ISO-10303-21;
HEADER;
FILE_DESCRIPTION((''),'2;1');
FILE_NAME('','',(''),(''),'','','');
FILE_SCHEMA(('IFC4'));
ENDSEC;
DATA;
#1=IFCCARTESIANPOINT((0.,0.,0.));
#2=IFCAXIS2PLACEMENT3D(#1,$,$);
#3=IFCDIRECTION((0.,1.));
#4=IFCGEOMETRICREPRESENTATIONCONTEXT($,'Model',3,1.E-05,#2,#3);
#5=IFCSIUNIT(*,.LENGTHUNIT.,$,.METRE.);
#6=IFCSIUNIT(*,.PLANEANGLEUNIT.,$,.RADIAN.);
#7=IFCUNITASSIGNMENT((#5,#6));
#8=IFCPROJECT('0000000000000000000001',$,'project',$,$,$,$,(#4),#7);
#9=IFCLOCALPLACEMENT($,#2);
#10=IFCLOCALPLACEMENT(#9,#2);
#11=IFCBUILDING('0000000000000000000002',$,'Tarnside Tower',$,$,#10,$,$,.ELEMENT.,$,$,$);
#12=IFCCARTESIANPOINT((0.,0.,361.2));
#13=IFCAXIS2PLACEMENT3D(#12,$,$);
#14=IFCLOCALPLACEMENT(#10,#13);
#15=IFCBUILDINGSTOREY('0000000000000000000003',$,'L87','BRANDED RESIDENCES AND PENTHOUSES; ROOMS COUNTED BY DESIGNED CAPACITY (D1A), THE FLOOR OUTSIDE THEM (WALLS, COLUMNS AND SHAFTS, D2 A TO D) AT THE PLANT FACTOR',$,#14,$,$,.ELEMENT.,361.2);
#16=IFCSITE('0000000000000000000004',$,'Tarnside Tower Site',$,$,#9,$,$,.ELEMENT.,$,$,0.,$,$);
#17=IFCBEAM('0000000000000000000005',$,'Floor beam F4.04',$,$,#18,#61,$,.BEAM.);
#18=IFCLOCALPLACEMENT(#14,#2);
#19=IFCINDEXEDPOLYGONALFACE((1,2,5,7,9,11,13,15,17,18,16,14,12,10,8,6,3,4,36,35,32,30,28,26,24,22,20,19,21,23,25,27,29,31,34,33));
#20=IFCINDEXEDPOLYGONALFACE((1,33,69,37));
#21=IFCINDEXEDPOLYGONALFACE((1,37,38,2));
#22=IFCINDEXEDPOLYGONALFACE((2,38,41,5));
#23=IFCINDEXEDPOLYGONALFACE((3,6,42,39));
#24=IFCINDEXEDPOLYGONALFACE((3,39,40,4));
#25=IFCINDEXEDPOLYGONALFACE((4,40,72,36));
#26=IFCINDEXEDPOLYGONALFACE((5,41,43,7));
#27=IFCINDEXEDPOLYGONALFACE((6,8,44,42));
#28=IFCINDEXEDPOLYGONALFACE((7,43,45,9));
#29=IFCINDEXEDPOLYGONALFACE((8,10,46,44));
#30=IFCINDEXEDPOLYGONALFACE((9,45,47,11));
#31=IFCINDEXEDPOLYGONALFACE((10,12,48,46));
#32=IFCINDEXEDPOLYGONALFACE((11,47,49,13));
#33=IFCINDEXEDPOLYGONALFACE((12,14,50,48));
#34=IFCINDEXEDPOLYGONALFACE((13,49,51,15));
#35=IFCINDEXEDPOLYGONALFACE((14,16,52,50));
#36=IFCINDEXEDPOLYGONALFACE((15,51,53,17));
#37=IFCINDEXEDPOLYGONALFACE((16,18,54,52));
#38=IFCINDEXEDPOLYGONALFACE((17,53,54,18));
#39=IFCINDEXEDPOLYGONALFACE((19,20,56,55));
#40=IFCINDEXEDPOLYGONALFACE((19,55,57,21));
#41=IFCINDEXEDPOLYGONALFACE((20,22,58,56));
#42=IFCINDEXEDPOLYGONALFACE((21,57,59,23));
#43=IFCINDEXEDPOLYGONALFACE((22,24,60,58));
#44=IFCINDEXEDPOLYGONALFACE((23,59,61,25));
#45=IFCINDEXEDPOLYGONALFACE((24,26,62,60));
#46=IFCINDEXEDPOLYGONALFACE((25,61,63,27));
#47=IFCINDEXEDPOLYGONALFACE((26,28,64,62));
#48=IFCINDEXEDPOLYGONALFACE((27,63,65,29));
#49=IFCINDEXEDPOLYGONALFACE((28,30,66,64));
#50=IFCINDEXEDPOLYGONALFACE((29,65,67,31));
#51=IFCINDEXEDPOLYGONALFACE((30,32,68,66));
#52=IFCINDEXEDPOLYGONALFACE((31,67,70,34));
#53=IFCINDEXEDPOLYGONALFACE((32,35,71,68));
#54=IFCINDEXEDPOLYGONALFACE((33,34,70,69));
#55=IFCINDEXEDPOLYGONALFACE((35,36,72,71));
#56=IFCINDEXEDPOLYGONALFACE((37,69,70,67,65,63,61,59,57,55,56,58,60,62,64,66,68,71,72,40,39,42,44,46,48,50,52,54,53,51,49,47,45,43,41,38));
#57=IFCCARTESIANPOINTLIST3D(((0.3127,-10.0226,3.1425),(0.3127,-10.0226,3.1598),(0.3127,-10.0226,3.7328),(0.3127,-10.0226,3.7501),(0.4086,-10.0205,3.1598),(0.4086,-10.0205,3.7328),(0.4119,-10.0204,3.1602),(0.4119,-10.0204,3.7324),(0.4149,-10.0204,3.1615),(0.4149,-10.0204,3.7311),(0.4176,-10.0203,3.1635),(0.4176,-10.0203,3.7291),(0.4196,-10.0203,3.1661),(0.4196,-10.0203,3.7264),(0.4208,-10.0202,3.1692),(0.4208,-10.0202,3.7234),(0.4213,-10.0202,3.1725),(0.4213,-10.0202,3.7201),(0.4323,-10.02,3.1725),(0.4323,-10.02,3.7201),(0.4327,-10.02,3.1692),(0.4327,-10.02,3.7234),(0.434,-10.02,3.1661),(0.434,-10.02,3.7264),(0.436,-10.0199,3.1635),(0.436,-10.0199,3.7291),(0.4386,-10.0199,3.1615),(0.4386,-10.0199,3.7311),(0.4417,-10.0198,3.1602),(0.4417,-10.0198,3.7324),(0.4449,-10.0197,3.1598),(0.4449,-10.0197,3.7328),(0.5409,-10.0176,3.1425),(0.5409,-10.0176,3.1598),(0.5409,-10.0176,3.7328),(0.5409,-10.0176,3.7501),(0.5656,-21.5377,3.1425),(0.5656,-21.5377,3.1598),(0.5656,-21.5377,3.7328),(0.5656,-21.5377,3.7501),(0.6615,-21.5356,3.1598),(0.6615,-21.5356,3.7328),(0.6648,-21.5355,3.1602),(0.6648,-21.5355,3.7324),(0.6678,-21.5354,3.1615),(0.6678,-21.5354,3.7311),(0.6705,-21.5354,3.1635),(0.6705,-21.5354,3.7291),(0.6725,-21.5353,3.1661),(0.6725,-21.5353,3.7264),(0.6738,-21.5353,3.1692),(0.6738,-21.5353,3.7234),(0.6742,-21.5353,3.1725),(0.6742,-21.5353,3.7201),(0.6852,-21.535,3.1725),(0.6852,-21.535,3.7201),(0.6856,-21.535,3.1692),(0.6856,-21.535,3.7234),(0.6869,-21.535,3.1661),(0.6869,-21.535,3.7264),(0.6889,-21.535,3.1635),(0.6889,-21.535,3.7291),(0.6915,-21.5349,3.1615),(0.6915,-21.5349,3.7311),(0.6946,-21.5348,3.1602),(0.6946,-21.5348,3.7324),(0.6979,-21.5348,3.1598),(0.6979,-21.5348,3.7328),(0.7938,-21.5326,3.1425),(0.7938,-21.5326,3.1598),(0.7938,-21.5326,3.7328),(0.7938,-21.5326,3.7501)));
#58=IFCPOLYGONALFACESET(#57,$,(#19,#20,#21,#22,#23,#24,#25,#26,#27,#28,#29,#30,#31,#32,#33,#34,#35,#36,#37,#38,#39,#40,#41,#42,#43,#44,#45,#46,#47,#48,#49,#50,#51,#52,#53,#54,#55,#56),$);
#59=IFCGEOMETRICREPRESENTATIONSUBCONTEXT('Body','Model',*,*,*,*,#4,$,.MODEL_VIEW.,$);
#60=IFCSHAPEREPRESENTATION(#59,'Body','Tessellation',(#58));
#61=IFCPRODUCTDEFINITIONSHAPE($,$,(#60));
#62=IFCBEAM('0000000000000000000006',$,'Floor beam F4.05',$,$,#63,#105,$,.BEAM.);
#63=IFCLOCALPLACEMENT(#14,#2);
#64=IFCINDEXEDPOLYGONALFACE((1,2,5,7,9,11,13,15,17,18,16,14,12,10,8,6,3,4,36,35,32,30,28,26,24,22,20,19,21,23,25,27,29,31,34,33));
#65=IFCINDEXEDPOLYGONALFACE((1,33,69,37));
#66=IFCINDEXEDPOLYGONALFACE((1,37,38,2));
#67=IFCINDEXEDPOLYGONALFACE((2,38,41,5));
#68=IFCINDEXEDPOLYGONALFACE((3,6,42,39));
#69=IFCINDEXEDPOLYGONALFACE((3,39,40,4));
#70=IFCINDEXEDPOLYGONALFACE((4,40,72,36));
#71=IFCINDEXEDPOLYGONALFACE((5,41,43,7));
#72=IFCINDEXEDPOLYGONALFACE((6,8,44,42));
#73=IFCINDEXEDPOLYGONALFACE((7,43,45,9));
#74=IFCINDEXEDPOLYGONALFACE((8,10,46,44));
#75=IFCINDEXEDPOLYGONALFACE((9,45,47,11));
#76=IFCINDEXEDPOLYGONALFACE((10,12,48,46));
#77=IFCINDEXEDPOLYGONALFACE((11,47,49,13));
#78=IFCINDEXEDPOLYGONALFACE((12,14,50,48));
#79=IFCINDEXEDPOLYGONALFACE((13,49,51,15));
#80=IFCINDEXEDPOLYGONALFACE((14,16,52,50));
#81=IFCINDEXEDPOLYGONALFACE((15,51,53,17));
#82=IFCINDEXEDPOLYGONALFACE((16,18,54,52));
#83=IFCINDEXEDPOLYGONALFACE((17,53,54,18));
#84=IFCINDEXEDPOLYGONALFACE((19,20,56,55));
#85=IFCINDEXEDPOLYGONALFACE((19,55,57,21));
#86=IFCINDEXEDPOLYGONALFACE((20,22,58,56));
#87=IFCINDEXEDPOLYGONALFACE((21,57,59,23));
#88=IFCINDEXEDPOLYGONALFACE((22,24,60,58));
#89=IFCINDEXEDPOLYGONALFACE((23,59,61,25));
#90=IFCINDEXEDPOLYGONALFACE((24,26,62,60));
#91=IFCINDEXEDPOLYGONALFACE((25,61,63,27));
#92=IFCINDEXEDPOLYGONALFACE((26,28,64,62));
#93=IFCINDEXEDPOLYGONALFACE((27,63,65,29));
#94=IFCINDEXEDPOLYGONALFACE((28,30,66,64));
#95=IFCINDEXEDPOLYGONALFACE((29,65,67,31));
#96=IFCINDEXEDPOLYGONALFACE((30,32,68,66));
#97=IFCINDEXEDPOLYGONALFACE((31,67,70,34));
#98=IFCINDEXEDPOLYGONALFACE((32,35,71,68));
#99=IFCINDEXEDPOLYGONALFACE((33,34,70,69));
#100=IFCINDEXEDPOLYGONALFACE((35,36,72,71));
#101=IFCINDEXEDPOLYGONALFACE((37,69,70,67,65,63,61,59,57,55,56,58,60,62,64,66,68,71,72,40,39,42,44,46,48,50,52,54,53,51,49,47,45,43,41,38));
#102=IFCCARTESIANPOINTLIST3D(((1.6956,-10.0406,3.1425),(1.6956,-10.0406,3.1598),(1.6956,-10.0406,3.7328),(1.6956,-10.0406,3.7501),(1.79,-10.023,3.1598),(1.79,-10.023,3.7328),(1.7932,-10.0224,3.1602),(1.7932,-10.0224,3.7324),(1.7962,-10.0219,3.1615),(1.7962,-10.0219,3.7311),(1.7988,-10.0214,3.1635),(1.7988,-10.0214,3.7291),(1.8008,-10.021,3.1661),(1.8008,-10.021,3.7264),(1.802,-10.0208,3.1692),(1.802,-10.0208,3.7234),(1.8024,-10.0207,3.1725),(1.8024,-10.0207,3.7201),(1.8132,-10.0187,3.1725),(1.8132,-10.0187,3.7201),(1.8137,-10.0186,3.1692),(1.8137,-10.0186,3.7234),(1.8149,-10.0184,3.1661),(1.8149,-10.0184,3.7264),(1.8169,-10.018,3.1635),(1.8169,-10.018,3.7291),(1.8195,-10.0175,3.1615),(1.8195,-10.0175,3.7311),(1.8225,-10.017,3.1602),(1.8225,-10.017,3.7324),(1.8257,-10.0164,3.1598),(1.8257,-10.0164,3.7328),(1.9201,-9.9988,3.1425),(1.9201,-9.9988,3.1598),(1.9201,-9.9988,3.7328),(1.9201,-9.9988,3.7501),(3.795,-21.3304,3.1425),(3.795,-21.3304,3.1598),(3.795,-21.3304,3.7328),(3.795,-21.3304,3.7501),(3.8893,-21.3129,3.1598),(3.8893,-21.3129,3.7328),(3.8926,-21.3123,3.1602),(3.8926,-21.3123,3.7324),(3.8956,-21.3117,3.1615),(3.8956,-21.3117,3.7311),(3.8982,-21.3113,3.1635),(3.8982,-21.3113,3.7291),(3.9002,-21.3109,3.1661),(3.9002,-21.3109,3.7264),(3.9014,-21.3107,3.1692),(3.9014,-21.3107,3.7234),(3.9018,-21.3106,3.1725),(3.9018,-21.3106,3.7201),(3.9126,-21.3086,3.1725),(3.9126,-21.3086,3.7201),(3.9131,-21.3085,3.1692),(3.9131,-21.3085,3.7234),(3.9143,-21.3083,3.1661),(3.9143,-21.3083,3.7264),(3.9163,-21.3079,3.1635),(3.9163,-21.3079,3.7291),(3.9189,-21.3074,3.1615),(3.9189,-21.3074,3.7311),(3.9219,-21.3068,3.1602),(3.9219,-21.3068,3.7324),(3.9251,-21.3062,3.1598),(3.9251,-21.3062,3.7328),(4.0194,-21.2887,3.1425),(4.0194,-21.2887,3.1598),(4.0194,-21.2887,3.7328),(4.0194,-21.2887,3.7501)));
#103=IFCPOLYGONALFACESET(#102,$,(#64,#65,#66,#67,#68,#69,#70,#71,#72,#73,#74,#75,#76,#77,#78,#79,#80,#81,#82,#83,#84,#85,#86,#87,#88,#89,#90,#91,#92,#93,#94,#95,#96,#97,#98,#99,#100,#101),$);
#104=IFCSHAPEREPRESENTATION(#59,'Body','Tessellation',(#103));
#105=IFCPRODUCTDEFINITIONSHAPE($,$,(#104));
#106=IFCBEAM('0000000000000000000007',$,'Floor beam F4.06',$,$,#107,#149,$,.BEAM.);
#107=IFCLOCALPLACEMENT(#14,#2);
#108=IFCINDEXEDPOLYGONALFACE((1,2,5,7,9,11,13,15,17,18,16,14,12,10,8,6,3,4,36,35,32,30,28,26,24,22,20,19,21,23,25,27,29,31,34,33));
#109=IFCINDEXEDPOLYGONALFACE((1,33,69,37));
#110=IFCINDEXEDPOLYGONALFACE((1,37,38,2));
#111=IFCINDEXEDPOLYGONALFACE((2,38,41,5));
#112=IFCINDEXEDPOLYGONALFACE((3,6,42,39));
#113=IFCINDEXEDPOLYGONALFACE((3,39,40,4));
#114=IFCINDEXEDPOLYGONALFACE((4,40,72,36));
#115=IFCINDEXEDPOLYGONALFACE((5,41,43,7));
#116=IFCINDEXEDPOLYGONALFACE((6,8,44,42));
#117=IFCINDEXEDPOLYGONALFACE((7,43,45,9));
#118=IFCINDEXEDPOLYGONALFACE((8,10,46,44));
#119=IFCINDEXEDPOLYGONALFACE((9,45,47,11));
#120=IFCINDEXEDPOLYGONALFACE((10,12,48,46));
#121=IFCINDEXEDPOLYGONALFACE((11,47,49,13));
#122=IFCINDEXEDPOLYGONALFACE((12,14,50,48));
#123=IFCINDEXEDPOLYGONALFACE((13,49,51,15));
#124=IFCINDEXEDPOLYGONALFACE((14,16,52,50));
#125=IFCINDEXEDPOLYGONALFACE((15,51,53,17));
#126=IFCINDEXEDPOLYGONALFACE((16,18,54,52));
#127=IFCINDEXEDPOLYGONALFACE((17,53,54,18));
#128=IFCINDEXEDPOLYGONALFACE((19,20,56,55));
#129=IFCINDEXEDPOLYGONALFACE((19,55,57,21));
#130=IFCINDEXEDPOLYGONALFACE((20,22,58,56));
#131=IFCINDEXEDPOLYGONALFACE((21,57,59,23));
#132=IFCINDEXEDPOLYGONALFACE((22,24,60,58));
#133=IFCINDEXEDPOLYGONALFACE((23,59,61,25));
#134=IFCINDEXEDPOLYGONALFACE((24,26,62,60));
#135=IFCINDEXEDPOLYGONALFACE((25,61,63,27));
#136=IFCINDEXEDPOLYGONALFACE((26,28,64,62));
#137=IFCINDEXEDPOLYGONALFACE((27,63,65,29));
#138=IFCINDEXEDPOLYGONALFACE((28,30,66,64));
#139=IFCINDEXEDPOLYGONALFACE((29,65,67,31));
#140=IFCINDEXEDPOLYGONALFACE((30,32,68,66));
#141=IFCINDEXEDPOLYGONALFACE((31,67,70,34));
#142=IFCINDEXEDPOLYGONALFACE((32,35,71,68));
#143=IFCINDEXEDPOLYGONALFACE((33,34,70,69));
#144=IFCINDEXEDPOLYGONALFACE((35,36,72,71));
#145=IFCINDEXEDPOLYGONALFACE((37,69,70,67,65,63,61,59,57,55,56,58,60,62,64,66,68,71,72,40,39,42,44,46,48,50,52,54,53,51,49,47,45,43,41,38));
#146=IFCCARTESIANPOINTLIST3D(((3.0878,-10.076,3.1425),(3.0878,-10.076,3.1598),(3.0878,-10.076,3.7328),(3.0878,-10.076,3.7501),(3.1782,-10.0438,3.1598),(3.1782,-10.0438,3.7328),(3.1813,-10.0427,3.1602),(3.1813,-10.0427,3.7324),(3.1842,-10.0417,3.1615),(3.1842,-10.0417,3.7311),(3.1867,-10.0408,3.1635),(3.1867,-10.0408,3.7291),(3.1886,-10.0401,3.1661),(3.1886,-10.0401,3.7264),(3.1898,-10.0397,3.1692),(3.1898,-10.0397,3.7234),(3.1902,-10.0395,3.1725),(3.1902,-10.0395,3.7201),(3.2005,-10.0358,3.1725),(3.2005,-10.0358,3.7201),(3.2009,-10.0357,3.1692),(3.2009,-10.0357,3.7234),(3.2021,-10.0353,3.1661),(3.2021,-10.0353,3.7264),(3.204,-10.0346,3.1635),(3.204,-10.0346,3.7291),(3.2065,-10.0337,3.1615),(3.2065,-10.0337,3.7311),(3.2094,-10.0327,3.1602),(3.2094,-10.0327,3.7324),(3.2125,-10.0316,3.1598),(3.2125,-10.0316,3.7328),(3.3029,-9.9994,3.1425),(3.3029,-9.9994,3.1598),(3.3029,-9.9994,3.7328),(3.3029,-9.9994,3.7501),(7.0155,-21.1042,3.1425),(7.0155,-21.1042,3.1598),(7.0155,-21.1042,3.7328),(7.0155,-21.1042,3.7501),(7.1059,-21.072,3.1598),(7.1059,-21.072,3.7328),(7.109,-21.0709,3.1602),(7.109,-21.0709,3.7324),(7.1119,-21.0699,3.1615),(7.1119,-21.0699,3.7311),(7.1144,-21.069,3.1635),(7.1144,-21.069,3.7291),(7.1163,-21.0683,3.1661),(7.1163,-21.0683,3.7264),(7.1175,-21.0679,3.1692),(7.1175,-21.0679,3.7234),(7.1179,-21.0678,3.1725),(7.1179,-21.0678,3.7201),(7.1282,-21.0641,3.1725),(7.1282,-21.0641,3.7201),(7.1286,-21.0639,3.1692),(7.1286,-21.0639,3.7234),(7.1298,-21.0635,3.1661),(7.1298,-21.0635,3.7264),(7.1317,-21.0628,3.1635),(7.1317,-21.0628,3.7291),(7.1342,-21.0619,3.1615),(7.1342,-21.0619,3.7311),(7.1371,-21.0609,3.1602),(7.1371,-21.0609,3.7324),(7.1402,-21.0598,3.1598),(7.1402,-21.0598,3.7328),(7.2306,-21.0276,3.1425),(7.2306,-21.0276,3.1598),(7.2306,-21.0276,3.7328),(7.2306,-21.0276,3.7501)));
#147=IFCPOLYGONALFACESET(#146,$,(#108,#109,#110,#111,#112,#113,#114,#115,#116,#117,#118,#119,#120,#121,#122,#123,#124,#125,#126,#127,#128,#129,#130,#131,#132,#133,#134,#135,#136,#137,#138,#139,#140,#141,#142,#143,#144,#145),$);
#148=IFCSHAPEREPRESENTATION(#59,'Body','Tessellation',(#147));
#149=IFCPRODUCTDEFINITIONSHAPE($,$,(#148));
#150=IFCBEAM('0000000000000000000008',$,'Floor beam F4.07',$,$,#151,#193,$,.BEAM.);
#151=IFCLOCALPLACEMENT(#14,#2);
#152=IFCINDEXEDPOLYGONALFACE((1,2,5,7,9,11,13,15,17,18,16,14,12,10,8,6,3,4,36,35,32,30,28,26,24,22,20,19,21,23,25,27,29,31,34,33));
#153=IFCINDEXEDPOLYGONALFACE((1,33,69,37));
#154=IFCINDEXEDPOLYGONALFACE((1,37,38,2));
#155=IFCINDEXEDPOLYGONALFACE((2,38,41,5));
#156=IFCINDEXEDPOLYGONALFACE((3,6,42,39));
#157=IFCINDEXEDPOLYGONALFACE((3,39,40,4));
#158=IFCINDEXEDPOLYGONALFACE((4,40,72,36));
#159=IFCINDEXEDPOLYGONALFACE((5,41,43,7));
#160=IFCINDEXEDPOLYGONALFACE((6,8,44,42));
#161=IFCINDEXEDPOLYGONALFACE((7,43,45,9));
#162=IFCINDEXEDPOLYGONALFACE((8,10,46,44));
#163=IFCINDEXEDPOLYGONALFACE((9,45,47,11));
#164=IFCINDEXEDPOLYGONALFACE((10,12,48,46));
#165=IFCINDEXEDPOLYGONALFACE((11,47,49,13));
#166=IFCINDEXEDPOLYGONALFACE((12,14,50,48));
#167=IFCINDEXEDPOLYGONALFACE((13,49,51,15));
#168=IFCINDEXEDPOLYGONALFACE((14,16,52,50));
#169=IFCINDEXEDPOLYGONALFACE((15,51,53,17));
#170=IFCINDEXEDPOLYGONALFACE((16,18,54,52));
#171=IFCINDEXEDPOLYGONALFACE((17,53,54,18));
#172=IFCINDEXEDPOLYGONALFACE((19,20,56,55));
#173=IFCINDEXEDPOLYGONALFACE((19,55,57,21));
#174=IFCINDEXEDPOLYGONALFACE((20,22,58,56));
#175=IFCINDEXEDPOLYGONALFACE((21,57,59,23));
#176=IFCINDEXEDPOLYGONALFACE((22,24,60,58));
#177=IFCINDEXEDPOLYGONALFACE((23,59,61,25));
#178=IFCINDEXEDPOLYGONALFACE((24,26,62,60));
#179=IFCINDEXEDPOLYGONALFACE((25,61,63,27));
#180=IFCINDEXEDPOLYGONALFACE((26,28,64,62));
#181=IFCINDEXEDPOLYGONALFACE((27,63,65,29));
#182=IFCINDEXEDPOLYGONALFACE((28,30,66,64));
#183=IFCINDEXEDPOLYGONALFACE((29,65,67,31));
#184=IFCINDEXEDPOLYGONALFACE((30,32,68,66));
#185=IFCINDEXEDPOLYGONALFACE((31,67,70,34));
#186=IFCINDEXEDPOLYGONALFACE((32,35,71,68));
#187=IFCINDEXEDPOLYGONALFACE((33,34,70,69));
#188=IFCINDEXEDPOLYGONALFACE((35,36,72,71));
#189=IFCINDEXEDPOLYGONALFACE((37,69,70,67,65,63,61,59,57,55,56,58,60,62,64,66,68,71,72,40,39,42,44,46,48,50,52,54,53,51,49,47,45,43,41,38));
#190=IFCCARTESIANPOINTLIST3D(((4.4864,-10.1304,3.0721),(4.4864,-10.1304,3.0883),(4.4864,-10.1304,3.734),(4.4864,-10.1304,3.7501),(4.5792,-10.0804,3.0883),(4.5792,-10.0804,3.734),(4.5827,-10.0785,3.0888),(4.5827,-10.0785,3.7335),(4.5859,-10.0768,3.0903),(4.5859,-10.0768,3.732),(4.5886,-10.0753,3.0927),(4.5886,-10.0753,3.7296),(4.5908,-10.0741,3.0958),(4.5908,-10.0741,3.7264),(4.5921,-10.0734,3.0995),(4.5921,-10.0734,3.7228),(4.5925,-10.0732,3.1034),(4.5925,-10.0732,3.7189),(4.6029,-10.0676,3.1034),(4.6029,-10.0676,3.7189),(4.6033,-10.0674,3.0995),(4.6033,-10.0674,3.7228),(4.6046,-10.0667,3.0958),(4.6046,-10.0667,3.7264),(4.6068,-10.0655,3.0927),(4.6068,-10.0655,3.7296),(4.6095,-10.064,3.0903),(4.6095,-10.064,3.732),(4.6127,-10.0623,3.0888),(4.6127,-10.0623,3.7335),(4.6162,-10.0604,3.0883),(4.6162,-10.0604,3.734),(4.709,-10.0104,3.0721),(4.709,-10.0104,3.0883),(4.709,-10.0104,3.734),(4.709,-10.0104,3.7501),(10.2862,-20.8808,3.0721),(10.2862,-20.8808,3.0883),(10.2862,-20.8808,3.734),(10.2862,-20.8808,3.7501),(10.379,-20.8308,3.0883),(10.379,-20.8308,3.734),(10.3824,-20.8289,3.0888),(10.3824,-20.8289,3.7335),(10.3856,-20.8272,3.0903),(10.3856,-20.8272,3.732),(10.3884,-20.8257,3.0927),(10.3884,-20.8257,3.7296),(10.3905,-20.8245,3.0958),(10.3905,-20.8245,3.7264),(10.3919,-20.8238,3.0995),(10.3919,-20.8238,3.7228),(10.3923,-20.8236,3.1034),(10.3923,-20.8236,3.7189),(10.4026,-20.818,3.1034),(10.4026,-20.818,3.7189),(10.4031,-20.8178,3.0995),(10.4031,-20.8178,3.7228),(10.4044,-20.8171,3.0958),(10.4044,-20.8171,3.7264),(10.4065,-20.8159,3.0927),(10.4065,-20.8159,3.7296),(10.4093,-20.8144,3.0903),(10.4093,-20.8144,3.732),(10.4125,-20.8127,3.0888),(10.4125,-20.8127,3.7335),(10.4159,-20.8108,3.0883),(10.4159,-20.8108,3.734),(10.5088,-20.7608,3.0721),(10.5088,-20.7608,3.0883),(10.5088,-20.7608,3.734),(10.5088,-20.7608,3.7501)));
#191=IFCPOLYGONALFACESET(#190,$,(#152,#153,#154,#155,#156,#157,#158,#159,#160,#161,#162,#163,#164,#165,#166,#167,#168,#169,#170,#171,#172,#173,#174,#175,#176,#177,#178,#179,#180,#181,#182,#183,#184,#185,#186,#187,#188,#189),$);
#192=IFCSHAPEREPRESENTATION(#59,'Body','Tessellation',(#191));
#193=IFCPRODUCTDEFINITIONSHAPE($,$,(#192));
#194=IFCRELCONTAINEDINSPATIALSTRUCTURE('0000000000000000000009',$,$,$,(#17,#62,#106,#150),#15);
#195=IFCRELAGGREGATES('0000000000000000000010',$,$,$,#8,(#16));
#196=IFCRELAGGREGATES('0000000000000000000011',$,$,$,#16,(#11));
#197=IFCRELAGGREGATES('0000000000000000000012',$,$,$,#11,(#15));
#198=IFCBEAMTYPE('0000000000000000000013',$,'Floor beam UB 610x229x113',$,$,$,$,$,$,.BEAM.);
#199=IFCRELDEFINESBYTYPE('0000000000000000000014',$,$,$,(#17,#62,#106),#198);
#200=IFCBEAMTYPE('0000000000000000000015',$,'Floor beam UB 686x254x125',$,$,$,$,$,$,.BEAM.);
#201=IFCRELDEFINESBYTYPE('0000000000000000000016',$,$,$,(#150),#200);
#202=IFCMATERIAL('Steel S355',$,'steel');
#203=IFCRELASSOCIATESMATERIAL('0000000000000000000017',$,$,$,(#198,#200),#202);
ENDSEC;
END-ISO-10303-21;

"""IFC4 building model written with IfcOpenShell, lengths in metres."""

from ifc_helpers import new_model, si_unit, direction, frame, origin, origin_2d, place, context, subcontext, project, spatial, i_section, extrude, material, material_profile, profile_set, type_object, element, save


model = new_model("IFC4")

# Units and contexts
model_context = context("Model", 3, precision=1e-05, world=origin(), true_north=direction((0.0, 1.0)))
body_context = subcontext(model_context, "Body", "Model", "MODEL_VIEW")
ifc_project = project(units=[si_unit("LENGTHUNIT", "METRE"), si_unit("PLANEANGLEUNIT", "RADIAN")], contexts=[model_context])

# Site, building, storey
site_placement = place(None, origin())
site = spatial("IfcSite", under=ifc_project, at=site_placement, Name="Tarnside Tower Site", CompositionType="ELEMENT", RefElevation=0.0)
building_placement = place(site_placement, origin())
building = spatial("IfcBuilding", under=site, at=building_placement, Name="Tarnside Tower", CompositionType="ELEMENT")
storey_placement = place(building_placement, frame((0.0, 0.0, 361.2)))
storey = spatial("IfcBuildingStorey", under=building, at=storey_placement, Name="L87", Description="BRANDED RESIDENCES AND PENTHOUSES; ROOMS COUNTED BY DESIGNED CAPACITY (D1A), THE FLOOR OUTSIDE THEM (WALLS, COLUMNS AND SHAFTS, D2 A TO D) AT THE PLANT FACTOR", CompositionType="ELEMENT", Elevation=361.2)

# Beams
ifc_material_1 = material(Name="Steel S355", Category="steel")
ifc_material_profile_1 = material_profile(ifc_material_1, i_section(OverallWidth=0.2283, OverallDepth=0.6077, WebThickness=0.011, FlangeThickness=0.0173, FilletRadius=0.0127, at=origin_2d()), Name="UB 610x229x113")
ifc_profile_set_1 = profile_set([ifc_material_profile_1], Name="Steel S355")
beam_type_1 = type_object("IfcBeamType", Name="Floor beam UB 610x229x113", PredefinedType="BEAM", material=ifc_profile_set_1)
beam_1_placement = place(storey_placement, frame((0.6797, -21.5352, 3.4463), z_axis=(-0.02196, 0.999759, 0.0), x_axis=(-0.999759, -0.02196, 0.0)))
element("IfcBeam", 1, at=beam_1_placement, inside=storey, type_object=beam_type_1, Name="Floor beam F4.04", PredefinedType="BEAM", context=body_context, shape_type="SweptSolid", body=[
    extrude(i_section(OverallWidth=0.2283, OverallDepth=0.6077, WebThickness=0.011, FlangeThickness=0.0173, FilletRadius=0.0127, at=origin_2d()), origin(), (0.0, 0.0, 1.0), 11.5178),
])
beam_2_placement = place(storey_placement, frame((3.9072, -21.3096, 3.4463), z_axis=(-0.182819, 0.983147, 0.0), x_axis=(-0.983147, -0.182819, 0.0)))
element("IfcBeam", 2, at=beam_2_placement, inside=storey, type_object=beam_type_1, Name="Floor beam F4.05", PredefinedType="BEAM", context=body_context, shape_type="SweptSolid", body=[
    extrude(i_section(OverallWidth=0.2283, OverallDepth=0.6077, WebThickness=0.011, FlangeThickness=0.0173, FilletRadius=0.0127, at=origin_2d()), origin(), (0.0, 0.0, 1.0), 11.4834),
])
beam_3_placement = place(storey_placement, frame((7.123, -21.0659, 3.4463), z_axis=(-0.335507, 0.942038, 0.0), x_axis=(-0.942038, -0.335507, 0.0)))
element("IfcBeam", 3, at=beam_3_placement, inside=storey, type_object=beam_type_1, Name="Floor beam F4.06", PredefinedType="BEAM", context=body_context, shape_type="SweptSolid", body=[
    extrude(i_section(OverallWidth=0.2283, OverallDepth=0.6077, WebThickness=0.011, FlangeThickness=0.0173, FilletRadius=0.0127, at=origin_2d()), origin(), (0.0, 0.0, 1.0), 11.7068),
])
ifc_material_profile_2 = material_profile(ifc_material_1, i_section(OverallWidth=0.2529, OverallDepth=0.678, WebThickness=0.0117, FlangeThickness=0.0161, FilletRadius=0.0151, at=origin_2d()), Name="UB 686x254x125")
ifc_profile_set_2 = profile_set([ifc_material_profile_2], Name="Steel S355")
beam_type_2 = type_object("IfcBeamType", Name="Floor beam UB 686x254x125", PredefinedType="BEAM", material=ifc_profile_set_2)
beam_4_placement = place(storey_placement, frame((10.3975, -20.8208, 3.4111), z_axis=(-0.474803, 0.880092, 0.0), x_axis=(-0.880092, -0.474803, 0.0)))
element("IfcBeam", 4, at=beam_4_placement, inside=storey, type_object=beam_type_2, Name="Floor beam F4.07", PredefinedType="BEAM", context=body_context, shape_type="SweptSolid", body=[
    extrude(i_section(OverallWidth=0.2529, OverallDepth=0.678, WebThickness=0.0117, FlangeThickness=0.0161, FilletRadius=0.0151, at=origin_2d()), origin(), (0.0, 0.0, 1.0), 12.2151),
])

save(model, "model.ifc")
